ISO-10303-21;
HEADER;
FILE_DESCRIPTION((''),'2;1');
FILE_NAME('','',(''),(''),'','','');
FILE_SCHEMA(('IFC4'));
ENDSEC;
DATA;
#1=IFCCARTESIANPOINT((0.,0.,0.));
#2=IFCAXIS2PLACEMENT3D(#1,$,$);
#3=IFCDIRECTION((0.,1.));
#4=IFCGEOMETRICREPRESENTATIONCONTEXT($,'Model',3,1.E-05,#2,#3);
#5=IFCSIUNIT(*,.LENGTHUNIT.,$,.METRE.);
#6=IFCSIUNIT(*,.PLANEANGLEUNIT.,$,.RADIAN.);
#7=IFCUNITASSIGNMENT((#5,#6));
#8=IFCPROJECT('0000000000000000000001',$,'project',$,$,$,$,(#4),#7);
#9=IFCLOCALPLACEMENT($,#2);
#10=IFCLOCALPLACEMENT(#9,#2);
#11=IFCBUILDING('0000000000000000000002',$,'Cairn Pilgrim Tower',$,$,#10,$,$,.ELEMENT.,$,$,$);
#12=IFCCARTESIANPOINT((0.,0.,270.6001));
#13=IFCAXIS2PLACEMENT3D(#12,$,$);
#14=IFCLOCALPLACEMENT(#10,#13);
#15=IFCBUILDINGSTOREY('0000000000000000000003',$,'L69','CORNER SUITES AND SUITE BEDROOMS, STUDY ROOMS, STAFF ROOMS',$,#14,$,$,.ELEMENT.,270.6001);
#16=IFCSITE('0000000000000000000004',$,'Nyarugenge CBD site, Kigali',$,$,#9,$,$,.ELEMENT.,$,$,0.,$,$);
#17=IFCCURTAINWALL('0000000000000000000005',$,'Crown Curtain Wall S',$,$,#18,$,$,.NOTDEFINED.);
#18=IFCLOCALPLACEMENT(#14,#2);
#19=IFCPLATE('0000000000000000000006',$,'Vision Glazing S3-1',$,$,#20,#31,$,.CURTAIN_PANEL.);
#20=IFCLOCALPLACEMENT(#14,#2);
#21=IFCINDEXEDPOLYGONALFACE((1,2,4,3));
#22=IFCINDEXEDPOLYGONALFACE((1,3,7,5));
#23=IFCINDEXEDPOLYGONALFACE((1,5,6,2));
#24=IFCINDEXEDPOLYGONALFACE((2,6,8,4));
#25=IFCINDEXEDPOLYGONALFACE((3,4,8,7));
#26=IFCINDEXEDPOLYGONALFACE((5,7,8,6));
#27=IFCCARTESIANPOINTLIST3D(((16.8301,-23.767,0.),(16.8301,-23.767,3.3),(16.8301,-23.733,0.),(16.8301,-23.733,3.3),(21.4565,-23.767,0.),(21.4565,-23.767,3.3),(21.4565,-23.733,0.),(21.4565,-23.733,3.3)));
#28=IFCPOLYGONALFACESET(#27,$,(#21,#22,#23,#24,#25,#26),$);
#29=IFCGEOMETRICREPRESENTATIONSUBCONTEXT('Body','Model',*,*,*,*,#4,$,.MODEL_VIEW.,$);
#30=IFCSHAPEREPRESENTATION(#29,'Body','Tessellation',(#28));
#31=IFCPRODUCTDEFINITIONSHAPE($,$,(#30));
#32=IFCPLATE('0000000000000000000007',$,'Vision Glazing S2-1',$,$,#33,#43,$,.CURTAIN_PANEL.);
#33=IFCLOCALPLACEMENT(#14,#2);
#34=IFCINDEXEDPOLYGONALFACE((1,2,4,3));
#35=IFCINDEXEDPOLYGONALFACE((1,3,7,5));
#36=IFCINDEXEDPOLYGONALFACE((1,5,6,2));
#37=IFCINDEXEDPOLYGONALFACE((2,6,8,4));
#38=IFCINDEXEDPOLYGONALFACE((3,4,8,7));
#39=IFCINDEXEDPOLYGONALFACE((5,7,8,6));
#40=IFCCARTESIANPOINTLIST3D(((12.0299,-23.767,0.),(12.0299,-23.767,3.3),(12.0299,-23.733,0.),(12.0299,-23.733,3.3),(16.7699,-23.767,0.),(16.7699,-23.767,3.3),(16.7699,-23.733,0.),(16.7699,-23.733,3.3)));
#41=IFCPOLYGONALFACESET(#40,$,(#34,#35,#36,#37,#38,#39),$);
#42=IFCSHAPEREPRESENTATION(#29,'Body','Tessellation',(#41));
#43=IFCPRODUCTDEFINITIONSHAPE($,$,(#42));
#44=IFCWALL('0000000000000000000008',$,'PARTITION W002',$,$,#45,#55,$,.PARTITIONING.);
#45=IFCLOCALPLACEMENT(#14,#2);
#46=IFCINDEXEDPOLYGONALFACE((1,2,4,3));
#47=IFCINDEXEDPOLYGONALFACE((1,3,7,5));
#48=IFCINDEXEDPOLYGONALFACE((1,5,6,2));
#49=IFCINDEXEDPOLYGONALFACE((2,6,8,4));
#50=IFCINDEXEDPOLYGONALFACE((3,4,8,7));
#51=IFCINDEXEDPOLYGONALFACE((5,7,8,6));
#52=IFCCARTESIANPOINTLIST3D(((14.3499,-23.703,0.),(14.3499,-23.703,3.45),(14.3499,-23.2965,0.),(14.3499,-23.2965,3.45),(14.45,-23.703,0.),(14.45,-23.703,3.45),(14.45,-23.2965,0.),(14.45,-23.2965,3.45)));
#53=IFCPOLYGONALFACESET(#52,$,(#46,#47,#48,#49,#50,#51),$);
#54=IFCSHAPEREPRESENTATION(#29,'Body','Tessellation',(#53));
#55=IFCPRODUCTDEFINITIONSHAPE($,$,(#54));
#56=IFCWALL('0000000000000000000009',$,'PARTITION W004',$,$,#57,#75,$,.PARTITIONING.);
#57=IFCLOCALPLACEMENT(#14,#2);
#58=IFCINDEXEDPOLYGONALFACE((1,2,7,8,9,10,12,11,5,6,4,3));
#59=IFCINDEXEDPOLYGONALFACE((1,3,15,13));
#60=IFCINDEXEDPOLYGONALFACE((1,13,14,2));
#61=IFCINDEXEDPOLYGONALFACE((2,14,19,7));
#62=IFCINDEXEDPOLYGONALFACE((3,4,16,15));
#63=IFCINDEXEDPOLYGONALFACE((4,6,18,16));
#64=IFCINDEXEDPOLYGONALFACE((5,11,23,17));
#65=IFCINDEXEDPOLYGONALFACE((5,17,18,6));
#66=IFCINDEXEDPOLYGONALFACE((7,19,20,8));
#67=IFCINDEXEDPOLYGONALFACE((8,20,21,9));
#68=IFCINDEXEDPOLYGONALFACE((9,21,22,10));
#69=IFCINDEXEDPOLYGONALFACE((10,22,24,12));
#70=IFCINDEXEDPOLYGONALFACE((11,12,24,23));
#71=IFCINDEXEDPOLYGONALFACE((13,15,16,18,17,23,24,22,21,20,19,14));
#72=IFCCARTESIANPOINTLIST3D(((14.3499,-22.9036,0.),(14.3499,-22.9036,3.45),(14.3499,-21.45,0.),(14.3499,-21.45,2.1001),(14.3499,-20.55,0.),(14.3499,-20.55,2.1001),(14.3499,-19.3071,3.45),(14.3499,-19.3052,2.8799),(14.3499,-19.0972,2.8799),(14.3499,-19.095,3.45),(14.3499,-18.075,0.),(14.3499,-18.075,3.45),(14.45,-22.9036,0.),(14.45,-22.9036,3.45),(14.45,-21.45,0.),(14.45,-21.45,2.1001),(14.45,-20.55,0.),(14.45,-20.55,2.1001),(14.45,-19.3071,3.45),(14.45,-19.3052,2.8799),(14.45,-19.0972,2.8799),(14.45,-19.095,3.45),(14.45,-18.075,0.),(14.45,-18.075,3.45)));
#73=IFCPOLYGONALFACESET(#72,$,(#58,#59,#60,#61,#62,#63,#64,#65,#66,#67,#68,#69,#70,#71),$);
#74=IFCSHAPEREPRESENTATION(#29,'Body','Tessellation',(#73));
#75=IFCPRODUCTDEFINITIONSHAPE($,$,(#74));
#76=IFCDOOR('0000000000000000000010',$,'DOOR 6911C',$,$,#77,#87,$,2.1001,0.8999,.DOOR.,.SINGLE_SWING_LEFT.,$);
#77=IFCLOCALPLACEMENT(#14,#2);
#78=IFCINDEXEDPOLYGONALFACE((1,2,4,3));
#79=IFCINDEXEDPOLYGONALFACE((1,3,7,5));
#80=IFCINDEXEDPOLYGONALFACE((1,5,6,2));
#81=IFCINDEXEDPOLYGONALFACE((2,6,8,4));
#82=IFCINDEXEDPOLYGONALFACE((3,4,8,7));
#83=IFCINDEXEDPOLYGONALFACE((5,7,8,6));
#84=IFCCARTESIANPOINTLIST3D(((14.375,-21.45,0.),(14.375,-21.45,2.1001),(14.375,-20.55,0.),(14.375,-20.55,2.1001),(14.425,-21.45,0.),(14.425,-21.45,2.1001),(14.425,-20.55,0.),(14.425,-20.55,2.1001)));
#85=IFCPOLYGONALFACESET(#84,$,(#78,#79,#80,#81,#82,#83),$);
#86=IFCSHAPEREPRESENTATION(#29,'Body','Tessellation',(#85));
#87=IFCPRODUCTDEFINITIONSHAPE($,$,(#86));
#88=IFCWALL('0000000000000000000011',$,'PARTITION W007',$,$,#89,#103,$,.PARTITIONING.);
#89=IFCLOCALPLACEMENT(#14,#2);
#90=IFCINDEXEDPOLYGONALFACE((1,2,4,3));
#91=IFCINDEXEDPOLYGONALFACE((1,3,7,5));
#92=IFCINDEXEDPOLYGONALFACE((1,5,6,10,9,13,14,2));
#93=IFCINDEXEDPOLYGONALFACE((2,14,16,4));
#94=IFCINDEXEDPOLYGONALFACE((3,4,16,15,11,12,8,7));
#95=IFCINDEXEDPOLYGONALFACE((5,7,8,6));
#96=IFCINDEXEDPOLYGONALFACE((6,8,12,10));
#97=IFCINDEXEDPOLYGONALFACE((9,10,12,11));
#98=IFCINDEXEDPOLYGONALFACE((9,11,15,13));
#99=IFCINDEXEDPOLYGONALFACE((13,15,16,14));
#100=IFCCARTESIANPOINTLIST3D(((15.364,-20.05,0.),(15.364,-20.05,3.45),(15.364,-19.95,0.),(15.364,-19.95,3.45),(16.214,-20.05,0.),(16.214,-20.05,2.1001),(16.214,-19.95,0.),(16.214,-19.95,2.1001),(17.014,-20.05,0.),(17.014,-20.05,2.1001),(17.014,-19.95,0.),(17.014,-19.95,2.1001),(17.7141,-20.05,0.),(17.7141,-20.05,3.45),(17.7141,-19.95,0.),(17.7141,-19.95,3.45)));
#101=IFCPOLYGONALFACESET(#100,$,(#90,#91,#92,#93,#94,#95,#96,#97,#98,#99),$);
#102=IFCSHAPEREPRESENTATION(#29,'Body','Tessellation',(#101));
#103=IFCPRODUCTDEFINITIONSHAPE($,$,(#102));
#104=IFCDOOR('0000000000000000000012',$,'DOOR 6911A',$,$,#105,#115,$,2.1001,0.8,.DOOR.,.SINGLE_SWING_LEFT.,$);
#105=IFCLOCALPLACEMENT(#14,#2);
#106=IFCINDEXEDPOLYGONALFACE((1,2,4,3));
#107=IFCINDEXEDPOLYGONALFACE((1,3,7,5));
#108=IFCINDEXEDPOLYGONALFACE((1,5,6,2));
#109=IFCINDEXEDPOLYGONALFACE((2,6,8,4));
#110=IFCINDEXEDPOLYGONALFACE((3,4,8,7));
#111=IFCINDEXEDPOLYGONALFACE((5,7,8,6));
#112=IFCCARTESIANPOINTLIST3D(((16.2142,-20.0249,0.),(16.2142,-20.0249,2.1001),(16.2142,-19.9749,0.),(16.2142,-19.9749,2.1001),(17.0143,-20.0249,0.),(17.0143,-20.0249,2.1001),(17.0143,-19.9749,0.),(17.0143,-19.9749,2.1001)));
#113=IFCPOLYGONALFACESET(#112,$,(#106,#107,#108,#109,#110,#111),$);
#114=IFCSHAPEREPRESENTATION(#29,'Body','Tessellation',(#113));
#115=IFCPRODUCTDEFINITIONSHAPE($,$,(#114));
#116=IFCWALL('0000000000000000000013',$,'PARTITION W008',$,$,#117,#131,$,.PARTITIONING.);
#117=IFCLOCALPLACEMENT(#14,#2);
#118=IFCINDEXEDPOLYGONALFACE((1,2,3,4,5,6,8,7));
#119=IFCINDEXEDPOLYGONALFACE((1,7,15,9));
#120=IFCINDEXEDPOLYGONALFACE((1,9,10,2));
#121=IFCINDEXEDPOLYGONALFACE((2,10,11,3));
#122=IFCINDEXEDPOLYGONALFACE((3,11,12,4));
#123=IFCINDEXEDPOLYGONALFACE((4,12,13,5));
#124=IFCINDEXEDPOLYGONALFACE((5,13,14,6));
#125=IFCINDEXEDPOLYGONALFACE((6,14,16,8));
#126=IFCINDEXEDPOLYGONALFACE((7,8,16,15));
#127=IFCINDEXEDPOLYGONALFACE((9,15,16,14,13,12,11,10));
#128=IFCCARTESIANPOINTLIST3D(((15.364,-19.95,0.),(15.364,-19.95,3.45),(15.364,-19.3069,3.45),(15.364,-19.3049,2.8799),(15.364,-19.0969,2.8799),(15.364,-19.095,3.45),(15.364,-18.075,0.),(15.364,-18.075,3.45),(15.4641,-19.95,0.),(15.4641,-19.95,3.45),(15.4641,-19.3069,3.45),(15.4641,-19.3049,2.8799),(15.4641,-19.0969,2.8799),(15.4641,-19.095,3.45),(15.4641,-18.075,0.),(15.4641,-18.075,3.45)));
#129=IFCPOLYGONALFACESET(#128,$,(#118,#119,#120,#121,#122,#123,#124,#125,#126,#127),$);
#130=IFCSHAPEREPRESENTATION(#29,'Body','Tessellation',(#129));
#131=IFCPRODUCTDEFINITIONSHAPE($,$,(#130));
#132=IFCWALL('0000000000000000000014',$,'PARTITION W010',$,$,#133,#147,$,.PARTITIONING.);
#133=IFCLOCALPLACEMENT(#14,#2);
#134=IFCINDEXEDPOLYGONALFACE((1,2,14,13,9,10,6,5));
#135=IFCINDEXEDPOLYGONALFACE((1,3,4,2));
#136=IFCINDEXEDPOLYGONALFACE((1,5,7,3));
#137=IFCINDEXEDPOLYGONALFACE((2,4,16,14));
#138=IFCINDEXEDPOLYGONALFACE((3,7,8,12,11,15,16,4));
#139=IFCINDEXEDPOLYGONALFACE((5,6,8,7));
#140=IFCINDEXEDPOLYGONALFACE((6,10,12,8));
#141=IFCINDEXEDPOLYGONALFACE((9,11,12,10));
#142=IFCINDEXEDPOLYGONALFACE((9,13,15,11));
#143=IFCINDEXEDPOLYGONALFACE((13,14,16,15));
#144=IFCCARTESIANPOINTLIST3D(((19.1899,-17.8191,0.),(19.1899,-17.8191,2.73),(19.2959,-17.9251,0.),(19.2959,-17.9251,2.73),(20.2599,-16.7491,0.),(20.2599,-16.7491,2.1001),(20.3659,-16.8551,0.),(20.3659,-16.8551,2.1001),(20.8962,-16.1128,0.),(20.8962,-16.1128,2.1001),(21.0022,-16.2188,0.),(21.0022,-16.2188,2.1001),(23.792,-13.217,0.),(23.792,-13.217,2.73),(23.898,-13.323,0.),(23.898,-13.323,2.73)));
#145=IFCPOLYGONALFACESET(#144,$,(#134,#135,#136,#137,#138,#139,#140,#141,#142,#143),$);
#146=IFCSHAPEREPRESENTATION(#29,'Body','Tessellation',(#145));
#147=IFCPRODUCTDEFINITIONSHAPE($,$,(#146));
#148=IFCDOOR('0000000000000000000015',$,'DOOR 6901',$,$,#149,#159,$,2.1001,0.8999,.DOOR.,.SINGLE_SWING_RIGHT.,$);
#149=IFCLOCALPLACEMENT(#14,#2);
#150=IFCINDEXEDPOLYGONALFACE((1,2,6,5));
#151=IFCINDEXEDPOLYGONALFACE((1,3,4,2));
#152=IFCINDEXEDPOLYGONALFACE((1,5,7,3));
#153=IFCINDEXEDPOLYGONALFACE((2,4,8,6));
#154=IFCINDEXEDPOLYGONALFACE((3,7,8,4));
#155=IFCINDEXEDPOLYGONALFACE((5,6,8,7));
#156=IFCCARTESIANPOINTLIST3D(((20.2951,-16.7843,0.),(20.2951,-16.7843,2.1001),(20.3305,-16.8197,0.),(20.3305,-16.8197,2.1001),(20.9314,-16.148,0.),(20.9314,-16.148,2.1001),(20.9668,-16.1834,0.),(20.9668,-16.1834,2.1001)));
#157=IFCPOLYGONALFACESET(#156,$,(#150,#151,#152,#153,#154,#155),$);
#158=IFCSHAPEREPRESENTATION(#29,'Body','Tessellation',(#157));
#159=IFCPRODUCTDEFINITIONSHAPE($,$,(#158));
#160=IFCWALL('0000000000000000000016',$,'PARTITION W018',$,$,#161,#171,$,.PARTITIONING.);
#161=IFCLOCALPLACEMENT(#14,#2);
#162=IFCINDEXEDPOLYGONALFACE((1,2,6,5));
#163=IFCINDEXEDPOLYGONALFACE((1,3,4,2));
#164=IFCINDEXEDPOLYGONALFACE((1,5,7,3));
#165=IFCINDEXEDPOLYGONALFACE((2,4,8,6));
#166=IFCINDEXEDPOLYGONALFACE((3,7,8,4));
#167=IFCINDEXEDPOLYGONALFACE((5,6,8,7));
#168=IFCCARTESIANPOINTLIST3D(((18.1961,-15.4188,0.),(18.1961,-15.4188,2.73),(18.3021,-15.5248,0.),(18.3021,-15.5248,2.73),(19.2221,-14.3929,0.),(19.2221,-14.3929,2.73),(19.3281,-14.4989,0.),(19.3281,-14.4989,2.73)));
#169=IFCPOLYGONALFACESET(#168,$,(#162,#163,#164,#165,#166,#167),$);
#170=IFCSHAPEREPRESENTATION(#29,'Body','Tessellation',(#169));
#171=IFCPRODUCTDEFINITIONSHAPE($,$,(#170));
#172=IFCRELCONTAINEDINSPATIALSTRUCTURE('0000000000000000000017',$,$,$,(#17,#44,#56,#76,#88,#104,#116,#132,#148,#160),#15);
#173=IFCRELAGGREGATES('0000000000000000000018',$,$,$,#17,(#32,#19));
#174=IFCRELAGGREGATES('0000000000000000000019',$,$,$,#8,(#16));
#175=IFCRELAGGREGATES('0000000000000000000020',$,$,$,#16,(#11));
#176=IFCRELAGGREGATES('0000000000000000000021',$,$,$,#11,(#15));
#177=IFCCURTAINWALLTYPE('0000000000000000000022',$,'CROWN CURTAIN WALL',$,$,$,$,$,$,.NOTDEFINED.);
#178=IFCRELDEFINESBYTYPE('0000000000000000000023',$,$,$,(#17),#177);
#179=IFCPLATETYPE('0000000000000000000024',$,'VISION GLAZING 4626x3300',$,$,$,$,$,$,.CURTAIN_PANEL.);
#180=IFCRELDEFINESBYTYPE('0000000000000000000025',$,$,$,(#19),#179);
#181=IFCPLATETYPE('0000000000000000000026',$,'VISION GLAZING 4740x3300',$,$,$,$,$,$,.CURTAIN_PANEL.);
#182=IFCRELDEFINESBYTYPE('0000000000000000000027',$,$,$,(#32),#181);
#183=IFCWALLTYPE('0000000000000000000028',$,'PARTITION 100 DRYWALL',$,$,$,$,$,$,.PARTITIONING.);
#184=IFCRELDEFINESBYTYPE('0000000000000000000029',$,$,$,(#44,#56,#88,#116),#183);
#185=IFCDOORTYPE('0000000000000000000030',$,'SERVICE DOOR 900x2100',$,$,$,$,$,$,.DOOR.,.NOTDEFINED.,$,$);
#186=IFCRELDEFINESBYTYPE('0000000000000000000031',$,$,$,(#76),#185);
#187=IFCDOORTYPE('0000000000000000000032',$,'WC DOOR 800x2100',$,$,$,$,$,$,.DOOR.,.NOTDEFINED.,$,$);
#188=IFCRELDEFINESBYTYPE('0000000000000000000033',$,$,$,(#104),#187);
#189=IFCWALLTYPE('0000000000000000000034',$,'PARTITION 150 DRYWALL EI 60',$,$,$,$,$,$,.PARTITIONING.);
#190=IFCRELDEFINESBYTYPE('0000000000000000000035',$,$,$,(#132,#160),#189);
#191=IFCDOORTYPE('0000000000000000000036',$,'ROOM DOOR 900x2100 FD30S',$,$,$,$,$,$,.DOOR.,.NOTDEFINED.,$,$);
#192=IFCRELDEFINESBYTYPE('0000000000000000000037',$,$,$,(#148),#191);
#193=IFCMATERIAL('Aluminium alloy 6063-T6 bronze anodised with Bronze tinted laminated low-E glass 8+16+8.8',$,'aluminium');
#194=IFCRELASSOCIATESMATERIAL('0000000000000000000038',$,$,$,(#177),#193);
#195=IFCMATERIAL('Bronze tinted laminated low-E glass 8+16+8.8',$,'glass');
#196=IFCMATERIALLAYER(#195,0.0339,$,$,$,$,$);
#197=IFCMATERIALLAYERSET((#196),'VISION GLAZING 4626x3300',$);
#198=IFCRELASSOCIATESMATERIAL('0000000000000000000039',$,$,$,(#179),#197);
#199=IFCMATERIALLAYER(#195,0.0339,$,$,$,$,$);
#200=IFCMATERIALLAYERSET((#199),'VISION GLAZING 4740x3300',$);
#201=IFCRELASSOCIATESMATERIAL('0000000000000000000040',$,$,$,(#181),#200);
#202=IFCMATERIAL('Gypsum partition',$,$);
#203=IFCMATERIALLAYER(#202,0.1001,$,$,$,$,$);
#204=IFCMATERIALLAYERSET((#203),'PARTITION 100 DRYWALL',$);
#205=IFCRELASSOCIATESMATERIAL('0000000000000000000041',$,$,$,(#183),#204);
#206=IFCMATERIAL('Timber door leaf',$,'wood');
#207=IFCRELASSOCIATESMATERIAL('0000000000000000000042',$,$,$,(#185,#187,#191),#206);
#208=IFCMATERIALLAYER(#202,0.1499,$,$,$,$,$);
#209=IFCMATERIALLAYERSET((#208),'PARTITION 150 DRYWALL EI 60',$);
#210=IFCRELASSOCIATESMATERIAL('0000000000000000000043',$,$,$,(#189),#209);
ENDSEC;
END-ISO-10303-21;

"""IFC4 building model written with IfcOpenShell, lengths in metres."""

from ifc_helpers import new_model, si_unit, direction, frame, frame_2d, origin, origin_2d, place, context, subcontext, project, spatial, polyline, rectangle, outline, extrude, material, layer, layer_set, type_object, element, fill, aggregate, save


model = new_model("IFC4")

# Units and contexts
model_context = context("Model", 3, precision=1e-05, world=origin(), true_north=direction((0.0, 1.0)))
body_context = subcontext(model_context, "Body", "Model", "MODEL_VIEW")
ifc_project = project(units=[si_unit("LENGTHUNIT", "METRE"), si_unit("PLANEANGLEUNIT", "RADIAN")], contexts=[model_context])

# Site, building, storey
site_placement = place(None, origin())
site = spatial("IfcSite", under=ifc_project, at=site_placement, Name="Nyarugenge CBD site, Kigali", CompositionType="ELEMENT", RefElevation=0.0)
building_placement = place(site_placement, origin())
building = spatial("IfcBuilding", under=site, at=building_placement, Name="Cairn Pilgrim Tower", CompositionType="ELEMENT")
storey_placement = place(building_placement, frame((0.0, 0.0, 270.6001)))
storey = spatial("IfcBuildingStorey", under=building, at=storey_placement, Name="L69", Description="CORNER SUITES AND SUITE BEDROOMS, STUDY ROOMS, STAFF ROOMS", CompositionType="ELEMENT", Elevation=270.6001)

# Curtain wall
ifc_material_1 = material(Name="Aluminium alloy 6063-T6 bronze anodised with Bronze tinted laminated low-E glass 8+16+8.8", Category="aluminium")
curtain_wall_type = type_object("IfcCurtainWallType", Name="CROWN CURTAIN WALL", PredefinedType="NOTDEFINED", material=ifc_material_1)
curtain_wall_1_placement = place(storey_placement, origin())
curtain_wall_1 = element("IfcCurtainWall", 1, at=curtain_wall_1_placement, inside=storey, type_object=curtain_wall_type, Name="Crown Curtain Wall S", PredefinedType="NOTDEFINED")

# Plates
ifc_material_2 = material(Name="Bronze tinted laminated low-E glass 8+16+8.8", Category="glass")
ifc_layer_1 = layer(ifc_material_2, 0.0339)
ifc_layer_set_1 = layer_set([ifc_layer_1], Name="VISION GLAZING 4626x3300")
plate_type_1 = type_object("IfcPlateType", Name="VISION GLAZING 4626x3300", PredefinedType="CURTAIN_PANEL", material=ifc_layer_set_1)
plate_1_placement = place(storey_placement, frame((19.1433, -23.75, 0.0), z_axis=(0.0, 0.0, 1.0), x_axis=(1.0, 0.0, 0.0)))
plate_1 = element("IfcPlate", 2, at=plate_1_placement, type_object=plate_type_1, Name="Vision Glazing S3-1", PredefinedType="CURTAIN_PANEL", context=body_context, shape_type="SweptSolid", body=[
    extrude(rectangle(XDim=4.6265, YDim=0.0339, at=origin_2d()), origin(), (0.0, 0.0, 1.0), 3.3),
])
ifc_layer_2 = layer(ifc_material_2, 0.0339)
ifc_layer_set_2 = layer_set([ifc_layer_2], Name="VISION GLAZING 4740x3300")
plate_type_2 = type_object("IfcPlateType", Name="VISION GLAZING 4740x3300", PredefinedType="CURTAIN_PANEL", material=ifc_layer_set_2)
plate_2_placement = place(storey_placement, frame((14.3999, -23.75, 0.0), z_axis=(0.0, 0.0, 1.0), x_axis=(1.0, 0.0, 0.0)))
plate_2 = element("IfcPlate", 3, at=plate_2_placement, type_object=plate_type_2, Name="Vision Glazing S2-1", PredefinedType="CURTAIN_PANEL", context=body_context, shape_type="SweptSolid", body=[
    extrude(rectangle(XDim=4.74, YDim=0.0339, at=origin_2d()), origin(), (0.0, 0.0, 1.0), 3.3),
])
aggregate(curtain_wall_1, [plate_2, plate_1])

# Wall
ifc_material_3 = material(Name="Gypsum partition")
ifc_layer_3 = layer(ifc_material_3, 0.1001)
ifc_layer_set_3 = layer_set([ifc_layer_3], Name="PARTITION 100 DRYWALL")
wall_type_1 = type_object("IfcWallType", Name="PARTITION 100 DRYWALL", PredefinedType="PARTITIONING", material=ifc_layer_set_3)
wall_1_placement = place(storey_placement, frame((14.3999, -23.7029, 0.0), z_axis=(0.0, 0.0, 1.0), x_axis=(0.0, 1.0, 0.0)))
element("IfcWall", 4, at=wall_1_placement, inside=storey, type_object=wall_type_1, Name="PARTITION W002", PredefinedType="PARTITIONING", context=body_context, shape_type="SweptSolid", body=[
    extrude(rectangle(XDim=0.4065, YDim=0.1001, at=frame_2d((0.2031, 0.0))), origin(), (0.0, 0.0, 1.0), 3.45),
])

# Walls, openings, doors
wall_2_placement = place(storey_placement, frame((14.3999, -22.9036, 0.0), z_axis=(0.0, 0.0, 1.0), x_axis=(0.0, 1.0, 0.0)))
wall_2 = element("IfcWall", 5, at=wall_2_placement, inside=storey, type_object=wall_type_1, Name="PARTITION W004", PredefinedType="PARTITIONING", context=body_context, shape_type="SweptSolid", body=[
    extrude(outline(polyline([(0.0, 0.0), (4.8286, 0.0), (4.8286, 3.45), (3.8086, 3.45), (3.8064, 2.8799), (3.5984, 2.8799), (3.5964, 3.45), (0.0, 3.45), (0.0, 0.0)])), frame((0.0, 0.05, 0.0), z_axis=(0.0, -1.0, 0.0), x_axis=(1.0, 0.0, 0.0)), (0.0, 0.0, 1.0), 0.1001),
])
opening_1_placement = place(wall_2_placement, frame((1.4536, 0.0, 0.0)))
opening_1 = element("IfcOpeningElement", 6, at=opening_1_placement, cuts=wall_2, PredefinedType="OPENING", context=body_context, shape_type="SweptSolid", body=[
    extrude(rectangle(XDim=0.8999, YDim=2.1001, at=frame_2d((0.45, 1.05))), frame((0.0, 0.0601, 0.0), z_axis=(0.0, -1.0, 0.0), x_axis=(1.0, 0.0, 0.0)), (0.0, 0.0, 1.0), 0.1201),
])
ifc_material_4 = material(Name="Timber door leaf", Category="wood")
door_type_1 = type_object("IfcDoorType", Name="SERVICE DOOR 900x2100", OperationType="NOTDEFINED", PredefinedType="DOOR", material=ifc_material_4)
door_1_placement = place(opening_1_placement, origin())
door_1 = element("IfcDoor", 7, at=door_1_placement, inside=storey, type_object=door_type_1, Name="DOOR 6911C", OperationType="SINGLE_SWING_LEFT", OverallHeight=2.1001, OverallWidth=0.8999, PredefinedType="DOOR", context=body_context, shape_type="SweptSolid", body=[
    extrude(rectangle(XDim=0.8999, YDim=2.1001, at=frame_2d((0.45, 1.05))), frame((0.0, 0.0249, 0.0), z_axis=(0.0, -1.0, 0.0), x_axis=(1.0, 0.0, 0.0)), (0.0, 0.0, 1.0), 0.05),
])
fill(opening_1, door_1)
wall_3_placement = place(storey_placement, frame((15.364, -20.0, 0.0), z_axis=(0.0, 0.0, 1.0), x_axis=(1.0, 0.0, 0.0)))
wall_3 = element("IfcWall", 8, at=wall_3_placement, inside=storey, type_object=wall_type_1, Name="PARTITION W007", PredefinedType="PARTITIONING", context=body_context, shape_type="SweptSolid", body=[
    extrude(rectangle(XDim=2.3501, YDim=0.1001, at=frame_2d((1.175, 0.0))), origin(), (0.0, 0.0, 1.0), 3.45),
])
opening_2_placement = place(wall_3_placement, frame((0.8501, 0.0, 0.0)))
opening_2 = element("IfcOpeningElement", 9, at=opening_2_placement, cuts=wall_3, PredefinedType="OPENING", context=body_context, shape_type="SweptSolid", body=[
    extrude(rectangle(XDim=0.8, YDim=2.1001, at=frame_2d((0.3999, 1.05))), frame((0.0, 0.0601, 0.0), z_axis=(0.0, -1.0, 0.0), x_axis=(1.0, 0.0, 0.0)), (0.0, 0.0, 1.0), 0.1201),
])
door_type_2 = type_object("IfcDoorType", Name="WC DOOR 800x2100", OperationType="NOTDEFINED", PredefinedType="DOOR", material=ifc_material_4)
door_2_placement = place(opening_2_placement, frame((0.8, 0.0, 0.0), z_axis=(0.0, 0.0, 1.0), x_axis=(-1.0, 0.0, 0.0)))
door_2 = element("IfcDoor", 10, at=door_2_placement, inside=storey, type_object=door_type_2, Name="DOOR 6911A", OperationType="SINGLE_SWING_LEFT", OverallHeight=2.1001, OverallWidth=0.8, PredefinedType="DOOR", context=body_context, shape_type="SweptSolid", body=[
    extrude(rectangle(XDim=0.8, YDim=2.1001, at=frame_2d((0.3999, 1.05))), frame((0.0, 0.0249, 0.0), z_axis=(0.0, -1.0, 0.0), x_axis=(1.0, 0.0, 0.0)), (0.0, 0.0, 1.0), 0.05),
])
fill(opening_2, door_2)

# Wall
wall_4_placement = place(storey_placement, frame((15.4141, -19.95, 0.0), z_axis=(0.0, 0.0, 1.0), x_axis=(0.0, 1.0, 0.0)))
element("IfcWall", 11, at=wall_4_placement, inside=storey, type_object=wall_type_1, Name="PARTITION W008", PredefinedType="PARTITIONING", context=body_context, shape_type="SweptSolid", body=[
    extrude(outline(polyline([(0.0, 0.0), (1.875, 0.0), (1.875, 3.45), (0.855, 3.45), (0.853, 2.8799), (0.645, 2.8799), (0.6431, 3.45), (0.0, 3.45), (0.0, 0.0)])), frame((0.0, 0.05, 0.0), z_axis=(0.0, -1.0, 0.0), x_axis=(1.0, 0.0, 0.0)), (0.0, 0.0, 1.0), 0.1001),
])

# Wall, opening, door
ifc_layer_4 = layer(ifc_material_3, 0.1499)
ifc_layer_set_4 = layer_set([ifc_layer_4], Name="PARTITION 150 DRYWALL EI 60")
wall_type_2 = type_object("IfcWallType", Name="PARTITION 150 DRYWALL EI 60", PredefinedType="PARTITIONING", material=ifc_layer_set_4)
wall_5_placement = place(storey_placement, frame((19.2429, -17.8721, 0.0), z_axis=(0.0, 0.0, 1.0), x_axis=(0.707107, 0.707107, 0.0)))
wall_5 = element("IfcWall", 12, at=wall_5_placement, inside=storey, type_object=wall_type_2, Name="PARTITION W010", PredefinedType="PARTITIONING", context=body_context, shape_type="SweptSolid", body=[
    extrude(rectangle(XDim=6.5083, YDim=0.1499, at=frame_2d((3.2542, 0.0))), origin(), (0.0, 0.0, 1.0), 2.73),
])
opening_3_placement = place(wall_5_placement, frame((1.5132, 0.0, 0.0)))
opening_3 = element("IfcOpeningElement", 13, at=opening_3_placement, cuts=wall_5, PredefinedType="OPENING", context=body_context, shape_type="SweptSolid", body=[
    extrude(rectangle(XDim=0.8999, YDim=2.1001, at=frame_2d((0.45, 1.05))), frame((0.0, 0.085, 0.0), z_axis=(0.0, -1.0, 0.0), x_axis=(1.0, 0.0, 0.0)), (0.0, 0.0, 1.0), 0.1699),
])
door_type_3 = type_object("IfcDoorType", Name="ROOM DOOR 900x2100 FD30S", OperationType="NOTDEFINED", PredefinedType="DOOR", material=ifc_material_4)
door_3_placement = place(opening_3_placement, frame((0.8999, 0.0, 0.0), z_axis=(0.0, 0.0, 1.0), x_axis=(-1.0, 0.0, 0.0)))
door_3 = element("IfcDoor", 14, at=door_3_placement, inside=storey, type_object=door_type_3, Name="DOOR 6901", OperationType="SINGLE_SWING_RIGHT", OverallHeight=2.1001, OverallWidth=0.8999, PredefinedType="DOOR", context=body_context, shape_type="SweptSolid", body=[
    extrude(rectangle(XDim=0.8999, YDim=2.1001, at=frame_2d((0.45, 1.05))), frame((0.0, 0.0249, 0.0), z_axis=(0.0, -1.0, 0.0), x_axis=(1.0, 0.0, 0.0)), (0.0, 0.0, 1.0), 0.05),
])
fill(opening_3, door_3)

# Wall
wall_6_placement = place(storey_placement, frame((18.249, -15.4719, 0.0), z_axis=(0.0, 0.0, 1.0), x_axis=(0.707107, 0.707107, 0.0)))
element("IfcWall", 15, at=wall_6_placement, inside=storey, type_object=wall_type_2, Name="PARTITION W018", PredefinedType="PARTITIONING", context=body_context, shape_type="SweptSolid", body=[
    extrude(rectangle(XDim=1.4509, YDim=0.1499, at=frame_2d((0.7256, 0.0))), origin(), (0.0, 0.0, 1.0), 2.73),
])

save(model, "model.ifc")
